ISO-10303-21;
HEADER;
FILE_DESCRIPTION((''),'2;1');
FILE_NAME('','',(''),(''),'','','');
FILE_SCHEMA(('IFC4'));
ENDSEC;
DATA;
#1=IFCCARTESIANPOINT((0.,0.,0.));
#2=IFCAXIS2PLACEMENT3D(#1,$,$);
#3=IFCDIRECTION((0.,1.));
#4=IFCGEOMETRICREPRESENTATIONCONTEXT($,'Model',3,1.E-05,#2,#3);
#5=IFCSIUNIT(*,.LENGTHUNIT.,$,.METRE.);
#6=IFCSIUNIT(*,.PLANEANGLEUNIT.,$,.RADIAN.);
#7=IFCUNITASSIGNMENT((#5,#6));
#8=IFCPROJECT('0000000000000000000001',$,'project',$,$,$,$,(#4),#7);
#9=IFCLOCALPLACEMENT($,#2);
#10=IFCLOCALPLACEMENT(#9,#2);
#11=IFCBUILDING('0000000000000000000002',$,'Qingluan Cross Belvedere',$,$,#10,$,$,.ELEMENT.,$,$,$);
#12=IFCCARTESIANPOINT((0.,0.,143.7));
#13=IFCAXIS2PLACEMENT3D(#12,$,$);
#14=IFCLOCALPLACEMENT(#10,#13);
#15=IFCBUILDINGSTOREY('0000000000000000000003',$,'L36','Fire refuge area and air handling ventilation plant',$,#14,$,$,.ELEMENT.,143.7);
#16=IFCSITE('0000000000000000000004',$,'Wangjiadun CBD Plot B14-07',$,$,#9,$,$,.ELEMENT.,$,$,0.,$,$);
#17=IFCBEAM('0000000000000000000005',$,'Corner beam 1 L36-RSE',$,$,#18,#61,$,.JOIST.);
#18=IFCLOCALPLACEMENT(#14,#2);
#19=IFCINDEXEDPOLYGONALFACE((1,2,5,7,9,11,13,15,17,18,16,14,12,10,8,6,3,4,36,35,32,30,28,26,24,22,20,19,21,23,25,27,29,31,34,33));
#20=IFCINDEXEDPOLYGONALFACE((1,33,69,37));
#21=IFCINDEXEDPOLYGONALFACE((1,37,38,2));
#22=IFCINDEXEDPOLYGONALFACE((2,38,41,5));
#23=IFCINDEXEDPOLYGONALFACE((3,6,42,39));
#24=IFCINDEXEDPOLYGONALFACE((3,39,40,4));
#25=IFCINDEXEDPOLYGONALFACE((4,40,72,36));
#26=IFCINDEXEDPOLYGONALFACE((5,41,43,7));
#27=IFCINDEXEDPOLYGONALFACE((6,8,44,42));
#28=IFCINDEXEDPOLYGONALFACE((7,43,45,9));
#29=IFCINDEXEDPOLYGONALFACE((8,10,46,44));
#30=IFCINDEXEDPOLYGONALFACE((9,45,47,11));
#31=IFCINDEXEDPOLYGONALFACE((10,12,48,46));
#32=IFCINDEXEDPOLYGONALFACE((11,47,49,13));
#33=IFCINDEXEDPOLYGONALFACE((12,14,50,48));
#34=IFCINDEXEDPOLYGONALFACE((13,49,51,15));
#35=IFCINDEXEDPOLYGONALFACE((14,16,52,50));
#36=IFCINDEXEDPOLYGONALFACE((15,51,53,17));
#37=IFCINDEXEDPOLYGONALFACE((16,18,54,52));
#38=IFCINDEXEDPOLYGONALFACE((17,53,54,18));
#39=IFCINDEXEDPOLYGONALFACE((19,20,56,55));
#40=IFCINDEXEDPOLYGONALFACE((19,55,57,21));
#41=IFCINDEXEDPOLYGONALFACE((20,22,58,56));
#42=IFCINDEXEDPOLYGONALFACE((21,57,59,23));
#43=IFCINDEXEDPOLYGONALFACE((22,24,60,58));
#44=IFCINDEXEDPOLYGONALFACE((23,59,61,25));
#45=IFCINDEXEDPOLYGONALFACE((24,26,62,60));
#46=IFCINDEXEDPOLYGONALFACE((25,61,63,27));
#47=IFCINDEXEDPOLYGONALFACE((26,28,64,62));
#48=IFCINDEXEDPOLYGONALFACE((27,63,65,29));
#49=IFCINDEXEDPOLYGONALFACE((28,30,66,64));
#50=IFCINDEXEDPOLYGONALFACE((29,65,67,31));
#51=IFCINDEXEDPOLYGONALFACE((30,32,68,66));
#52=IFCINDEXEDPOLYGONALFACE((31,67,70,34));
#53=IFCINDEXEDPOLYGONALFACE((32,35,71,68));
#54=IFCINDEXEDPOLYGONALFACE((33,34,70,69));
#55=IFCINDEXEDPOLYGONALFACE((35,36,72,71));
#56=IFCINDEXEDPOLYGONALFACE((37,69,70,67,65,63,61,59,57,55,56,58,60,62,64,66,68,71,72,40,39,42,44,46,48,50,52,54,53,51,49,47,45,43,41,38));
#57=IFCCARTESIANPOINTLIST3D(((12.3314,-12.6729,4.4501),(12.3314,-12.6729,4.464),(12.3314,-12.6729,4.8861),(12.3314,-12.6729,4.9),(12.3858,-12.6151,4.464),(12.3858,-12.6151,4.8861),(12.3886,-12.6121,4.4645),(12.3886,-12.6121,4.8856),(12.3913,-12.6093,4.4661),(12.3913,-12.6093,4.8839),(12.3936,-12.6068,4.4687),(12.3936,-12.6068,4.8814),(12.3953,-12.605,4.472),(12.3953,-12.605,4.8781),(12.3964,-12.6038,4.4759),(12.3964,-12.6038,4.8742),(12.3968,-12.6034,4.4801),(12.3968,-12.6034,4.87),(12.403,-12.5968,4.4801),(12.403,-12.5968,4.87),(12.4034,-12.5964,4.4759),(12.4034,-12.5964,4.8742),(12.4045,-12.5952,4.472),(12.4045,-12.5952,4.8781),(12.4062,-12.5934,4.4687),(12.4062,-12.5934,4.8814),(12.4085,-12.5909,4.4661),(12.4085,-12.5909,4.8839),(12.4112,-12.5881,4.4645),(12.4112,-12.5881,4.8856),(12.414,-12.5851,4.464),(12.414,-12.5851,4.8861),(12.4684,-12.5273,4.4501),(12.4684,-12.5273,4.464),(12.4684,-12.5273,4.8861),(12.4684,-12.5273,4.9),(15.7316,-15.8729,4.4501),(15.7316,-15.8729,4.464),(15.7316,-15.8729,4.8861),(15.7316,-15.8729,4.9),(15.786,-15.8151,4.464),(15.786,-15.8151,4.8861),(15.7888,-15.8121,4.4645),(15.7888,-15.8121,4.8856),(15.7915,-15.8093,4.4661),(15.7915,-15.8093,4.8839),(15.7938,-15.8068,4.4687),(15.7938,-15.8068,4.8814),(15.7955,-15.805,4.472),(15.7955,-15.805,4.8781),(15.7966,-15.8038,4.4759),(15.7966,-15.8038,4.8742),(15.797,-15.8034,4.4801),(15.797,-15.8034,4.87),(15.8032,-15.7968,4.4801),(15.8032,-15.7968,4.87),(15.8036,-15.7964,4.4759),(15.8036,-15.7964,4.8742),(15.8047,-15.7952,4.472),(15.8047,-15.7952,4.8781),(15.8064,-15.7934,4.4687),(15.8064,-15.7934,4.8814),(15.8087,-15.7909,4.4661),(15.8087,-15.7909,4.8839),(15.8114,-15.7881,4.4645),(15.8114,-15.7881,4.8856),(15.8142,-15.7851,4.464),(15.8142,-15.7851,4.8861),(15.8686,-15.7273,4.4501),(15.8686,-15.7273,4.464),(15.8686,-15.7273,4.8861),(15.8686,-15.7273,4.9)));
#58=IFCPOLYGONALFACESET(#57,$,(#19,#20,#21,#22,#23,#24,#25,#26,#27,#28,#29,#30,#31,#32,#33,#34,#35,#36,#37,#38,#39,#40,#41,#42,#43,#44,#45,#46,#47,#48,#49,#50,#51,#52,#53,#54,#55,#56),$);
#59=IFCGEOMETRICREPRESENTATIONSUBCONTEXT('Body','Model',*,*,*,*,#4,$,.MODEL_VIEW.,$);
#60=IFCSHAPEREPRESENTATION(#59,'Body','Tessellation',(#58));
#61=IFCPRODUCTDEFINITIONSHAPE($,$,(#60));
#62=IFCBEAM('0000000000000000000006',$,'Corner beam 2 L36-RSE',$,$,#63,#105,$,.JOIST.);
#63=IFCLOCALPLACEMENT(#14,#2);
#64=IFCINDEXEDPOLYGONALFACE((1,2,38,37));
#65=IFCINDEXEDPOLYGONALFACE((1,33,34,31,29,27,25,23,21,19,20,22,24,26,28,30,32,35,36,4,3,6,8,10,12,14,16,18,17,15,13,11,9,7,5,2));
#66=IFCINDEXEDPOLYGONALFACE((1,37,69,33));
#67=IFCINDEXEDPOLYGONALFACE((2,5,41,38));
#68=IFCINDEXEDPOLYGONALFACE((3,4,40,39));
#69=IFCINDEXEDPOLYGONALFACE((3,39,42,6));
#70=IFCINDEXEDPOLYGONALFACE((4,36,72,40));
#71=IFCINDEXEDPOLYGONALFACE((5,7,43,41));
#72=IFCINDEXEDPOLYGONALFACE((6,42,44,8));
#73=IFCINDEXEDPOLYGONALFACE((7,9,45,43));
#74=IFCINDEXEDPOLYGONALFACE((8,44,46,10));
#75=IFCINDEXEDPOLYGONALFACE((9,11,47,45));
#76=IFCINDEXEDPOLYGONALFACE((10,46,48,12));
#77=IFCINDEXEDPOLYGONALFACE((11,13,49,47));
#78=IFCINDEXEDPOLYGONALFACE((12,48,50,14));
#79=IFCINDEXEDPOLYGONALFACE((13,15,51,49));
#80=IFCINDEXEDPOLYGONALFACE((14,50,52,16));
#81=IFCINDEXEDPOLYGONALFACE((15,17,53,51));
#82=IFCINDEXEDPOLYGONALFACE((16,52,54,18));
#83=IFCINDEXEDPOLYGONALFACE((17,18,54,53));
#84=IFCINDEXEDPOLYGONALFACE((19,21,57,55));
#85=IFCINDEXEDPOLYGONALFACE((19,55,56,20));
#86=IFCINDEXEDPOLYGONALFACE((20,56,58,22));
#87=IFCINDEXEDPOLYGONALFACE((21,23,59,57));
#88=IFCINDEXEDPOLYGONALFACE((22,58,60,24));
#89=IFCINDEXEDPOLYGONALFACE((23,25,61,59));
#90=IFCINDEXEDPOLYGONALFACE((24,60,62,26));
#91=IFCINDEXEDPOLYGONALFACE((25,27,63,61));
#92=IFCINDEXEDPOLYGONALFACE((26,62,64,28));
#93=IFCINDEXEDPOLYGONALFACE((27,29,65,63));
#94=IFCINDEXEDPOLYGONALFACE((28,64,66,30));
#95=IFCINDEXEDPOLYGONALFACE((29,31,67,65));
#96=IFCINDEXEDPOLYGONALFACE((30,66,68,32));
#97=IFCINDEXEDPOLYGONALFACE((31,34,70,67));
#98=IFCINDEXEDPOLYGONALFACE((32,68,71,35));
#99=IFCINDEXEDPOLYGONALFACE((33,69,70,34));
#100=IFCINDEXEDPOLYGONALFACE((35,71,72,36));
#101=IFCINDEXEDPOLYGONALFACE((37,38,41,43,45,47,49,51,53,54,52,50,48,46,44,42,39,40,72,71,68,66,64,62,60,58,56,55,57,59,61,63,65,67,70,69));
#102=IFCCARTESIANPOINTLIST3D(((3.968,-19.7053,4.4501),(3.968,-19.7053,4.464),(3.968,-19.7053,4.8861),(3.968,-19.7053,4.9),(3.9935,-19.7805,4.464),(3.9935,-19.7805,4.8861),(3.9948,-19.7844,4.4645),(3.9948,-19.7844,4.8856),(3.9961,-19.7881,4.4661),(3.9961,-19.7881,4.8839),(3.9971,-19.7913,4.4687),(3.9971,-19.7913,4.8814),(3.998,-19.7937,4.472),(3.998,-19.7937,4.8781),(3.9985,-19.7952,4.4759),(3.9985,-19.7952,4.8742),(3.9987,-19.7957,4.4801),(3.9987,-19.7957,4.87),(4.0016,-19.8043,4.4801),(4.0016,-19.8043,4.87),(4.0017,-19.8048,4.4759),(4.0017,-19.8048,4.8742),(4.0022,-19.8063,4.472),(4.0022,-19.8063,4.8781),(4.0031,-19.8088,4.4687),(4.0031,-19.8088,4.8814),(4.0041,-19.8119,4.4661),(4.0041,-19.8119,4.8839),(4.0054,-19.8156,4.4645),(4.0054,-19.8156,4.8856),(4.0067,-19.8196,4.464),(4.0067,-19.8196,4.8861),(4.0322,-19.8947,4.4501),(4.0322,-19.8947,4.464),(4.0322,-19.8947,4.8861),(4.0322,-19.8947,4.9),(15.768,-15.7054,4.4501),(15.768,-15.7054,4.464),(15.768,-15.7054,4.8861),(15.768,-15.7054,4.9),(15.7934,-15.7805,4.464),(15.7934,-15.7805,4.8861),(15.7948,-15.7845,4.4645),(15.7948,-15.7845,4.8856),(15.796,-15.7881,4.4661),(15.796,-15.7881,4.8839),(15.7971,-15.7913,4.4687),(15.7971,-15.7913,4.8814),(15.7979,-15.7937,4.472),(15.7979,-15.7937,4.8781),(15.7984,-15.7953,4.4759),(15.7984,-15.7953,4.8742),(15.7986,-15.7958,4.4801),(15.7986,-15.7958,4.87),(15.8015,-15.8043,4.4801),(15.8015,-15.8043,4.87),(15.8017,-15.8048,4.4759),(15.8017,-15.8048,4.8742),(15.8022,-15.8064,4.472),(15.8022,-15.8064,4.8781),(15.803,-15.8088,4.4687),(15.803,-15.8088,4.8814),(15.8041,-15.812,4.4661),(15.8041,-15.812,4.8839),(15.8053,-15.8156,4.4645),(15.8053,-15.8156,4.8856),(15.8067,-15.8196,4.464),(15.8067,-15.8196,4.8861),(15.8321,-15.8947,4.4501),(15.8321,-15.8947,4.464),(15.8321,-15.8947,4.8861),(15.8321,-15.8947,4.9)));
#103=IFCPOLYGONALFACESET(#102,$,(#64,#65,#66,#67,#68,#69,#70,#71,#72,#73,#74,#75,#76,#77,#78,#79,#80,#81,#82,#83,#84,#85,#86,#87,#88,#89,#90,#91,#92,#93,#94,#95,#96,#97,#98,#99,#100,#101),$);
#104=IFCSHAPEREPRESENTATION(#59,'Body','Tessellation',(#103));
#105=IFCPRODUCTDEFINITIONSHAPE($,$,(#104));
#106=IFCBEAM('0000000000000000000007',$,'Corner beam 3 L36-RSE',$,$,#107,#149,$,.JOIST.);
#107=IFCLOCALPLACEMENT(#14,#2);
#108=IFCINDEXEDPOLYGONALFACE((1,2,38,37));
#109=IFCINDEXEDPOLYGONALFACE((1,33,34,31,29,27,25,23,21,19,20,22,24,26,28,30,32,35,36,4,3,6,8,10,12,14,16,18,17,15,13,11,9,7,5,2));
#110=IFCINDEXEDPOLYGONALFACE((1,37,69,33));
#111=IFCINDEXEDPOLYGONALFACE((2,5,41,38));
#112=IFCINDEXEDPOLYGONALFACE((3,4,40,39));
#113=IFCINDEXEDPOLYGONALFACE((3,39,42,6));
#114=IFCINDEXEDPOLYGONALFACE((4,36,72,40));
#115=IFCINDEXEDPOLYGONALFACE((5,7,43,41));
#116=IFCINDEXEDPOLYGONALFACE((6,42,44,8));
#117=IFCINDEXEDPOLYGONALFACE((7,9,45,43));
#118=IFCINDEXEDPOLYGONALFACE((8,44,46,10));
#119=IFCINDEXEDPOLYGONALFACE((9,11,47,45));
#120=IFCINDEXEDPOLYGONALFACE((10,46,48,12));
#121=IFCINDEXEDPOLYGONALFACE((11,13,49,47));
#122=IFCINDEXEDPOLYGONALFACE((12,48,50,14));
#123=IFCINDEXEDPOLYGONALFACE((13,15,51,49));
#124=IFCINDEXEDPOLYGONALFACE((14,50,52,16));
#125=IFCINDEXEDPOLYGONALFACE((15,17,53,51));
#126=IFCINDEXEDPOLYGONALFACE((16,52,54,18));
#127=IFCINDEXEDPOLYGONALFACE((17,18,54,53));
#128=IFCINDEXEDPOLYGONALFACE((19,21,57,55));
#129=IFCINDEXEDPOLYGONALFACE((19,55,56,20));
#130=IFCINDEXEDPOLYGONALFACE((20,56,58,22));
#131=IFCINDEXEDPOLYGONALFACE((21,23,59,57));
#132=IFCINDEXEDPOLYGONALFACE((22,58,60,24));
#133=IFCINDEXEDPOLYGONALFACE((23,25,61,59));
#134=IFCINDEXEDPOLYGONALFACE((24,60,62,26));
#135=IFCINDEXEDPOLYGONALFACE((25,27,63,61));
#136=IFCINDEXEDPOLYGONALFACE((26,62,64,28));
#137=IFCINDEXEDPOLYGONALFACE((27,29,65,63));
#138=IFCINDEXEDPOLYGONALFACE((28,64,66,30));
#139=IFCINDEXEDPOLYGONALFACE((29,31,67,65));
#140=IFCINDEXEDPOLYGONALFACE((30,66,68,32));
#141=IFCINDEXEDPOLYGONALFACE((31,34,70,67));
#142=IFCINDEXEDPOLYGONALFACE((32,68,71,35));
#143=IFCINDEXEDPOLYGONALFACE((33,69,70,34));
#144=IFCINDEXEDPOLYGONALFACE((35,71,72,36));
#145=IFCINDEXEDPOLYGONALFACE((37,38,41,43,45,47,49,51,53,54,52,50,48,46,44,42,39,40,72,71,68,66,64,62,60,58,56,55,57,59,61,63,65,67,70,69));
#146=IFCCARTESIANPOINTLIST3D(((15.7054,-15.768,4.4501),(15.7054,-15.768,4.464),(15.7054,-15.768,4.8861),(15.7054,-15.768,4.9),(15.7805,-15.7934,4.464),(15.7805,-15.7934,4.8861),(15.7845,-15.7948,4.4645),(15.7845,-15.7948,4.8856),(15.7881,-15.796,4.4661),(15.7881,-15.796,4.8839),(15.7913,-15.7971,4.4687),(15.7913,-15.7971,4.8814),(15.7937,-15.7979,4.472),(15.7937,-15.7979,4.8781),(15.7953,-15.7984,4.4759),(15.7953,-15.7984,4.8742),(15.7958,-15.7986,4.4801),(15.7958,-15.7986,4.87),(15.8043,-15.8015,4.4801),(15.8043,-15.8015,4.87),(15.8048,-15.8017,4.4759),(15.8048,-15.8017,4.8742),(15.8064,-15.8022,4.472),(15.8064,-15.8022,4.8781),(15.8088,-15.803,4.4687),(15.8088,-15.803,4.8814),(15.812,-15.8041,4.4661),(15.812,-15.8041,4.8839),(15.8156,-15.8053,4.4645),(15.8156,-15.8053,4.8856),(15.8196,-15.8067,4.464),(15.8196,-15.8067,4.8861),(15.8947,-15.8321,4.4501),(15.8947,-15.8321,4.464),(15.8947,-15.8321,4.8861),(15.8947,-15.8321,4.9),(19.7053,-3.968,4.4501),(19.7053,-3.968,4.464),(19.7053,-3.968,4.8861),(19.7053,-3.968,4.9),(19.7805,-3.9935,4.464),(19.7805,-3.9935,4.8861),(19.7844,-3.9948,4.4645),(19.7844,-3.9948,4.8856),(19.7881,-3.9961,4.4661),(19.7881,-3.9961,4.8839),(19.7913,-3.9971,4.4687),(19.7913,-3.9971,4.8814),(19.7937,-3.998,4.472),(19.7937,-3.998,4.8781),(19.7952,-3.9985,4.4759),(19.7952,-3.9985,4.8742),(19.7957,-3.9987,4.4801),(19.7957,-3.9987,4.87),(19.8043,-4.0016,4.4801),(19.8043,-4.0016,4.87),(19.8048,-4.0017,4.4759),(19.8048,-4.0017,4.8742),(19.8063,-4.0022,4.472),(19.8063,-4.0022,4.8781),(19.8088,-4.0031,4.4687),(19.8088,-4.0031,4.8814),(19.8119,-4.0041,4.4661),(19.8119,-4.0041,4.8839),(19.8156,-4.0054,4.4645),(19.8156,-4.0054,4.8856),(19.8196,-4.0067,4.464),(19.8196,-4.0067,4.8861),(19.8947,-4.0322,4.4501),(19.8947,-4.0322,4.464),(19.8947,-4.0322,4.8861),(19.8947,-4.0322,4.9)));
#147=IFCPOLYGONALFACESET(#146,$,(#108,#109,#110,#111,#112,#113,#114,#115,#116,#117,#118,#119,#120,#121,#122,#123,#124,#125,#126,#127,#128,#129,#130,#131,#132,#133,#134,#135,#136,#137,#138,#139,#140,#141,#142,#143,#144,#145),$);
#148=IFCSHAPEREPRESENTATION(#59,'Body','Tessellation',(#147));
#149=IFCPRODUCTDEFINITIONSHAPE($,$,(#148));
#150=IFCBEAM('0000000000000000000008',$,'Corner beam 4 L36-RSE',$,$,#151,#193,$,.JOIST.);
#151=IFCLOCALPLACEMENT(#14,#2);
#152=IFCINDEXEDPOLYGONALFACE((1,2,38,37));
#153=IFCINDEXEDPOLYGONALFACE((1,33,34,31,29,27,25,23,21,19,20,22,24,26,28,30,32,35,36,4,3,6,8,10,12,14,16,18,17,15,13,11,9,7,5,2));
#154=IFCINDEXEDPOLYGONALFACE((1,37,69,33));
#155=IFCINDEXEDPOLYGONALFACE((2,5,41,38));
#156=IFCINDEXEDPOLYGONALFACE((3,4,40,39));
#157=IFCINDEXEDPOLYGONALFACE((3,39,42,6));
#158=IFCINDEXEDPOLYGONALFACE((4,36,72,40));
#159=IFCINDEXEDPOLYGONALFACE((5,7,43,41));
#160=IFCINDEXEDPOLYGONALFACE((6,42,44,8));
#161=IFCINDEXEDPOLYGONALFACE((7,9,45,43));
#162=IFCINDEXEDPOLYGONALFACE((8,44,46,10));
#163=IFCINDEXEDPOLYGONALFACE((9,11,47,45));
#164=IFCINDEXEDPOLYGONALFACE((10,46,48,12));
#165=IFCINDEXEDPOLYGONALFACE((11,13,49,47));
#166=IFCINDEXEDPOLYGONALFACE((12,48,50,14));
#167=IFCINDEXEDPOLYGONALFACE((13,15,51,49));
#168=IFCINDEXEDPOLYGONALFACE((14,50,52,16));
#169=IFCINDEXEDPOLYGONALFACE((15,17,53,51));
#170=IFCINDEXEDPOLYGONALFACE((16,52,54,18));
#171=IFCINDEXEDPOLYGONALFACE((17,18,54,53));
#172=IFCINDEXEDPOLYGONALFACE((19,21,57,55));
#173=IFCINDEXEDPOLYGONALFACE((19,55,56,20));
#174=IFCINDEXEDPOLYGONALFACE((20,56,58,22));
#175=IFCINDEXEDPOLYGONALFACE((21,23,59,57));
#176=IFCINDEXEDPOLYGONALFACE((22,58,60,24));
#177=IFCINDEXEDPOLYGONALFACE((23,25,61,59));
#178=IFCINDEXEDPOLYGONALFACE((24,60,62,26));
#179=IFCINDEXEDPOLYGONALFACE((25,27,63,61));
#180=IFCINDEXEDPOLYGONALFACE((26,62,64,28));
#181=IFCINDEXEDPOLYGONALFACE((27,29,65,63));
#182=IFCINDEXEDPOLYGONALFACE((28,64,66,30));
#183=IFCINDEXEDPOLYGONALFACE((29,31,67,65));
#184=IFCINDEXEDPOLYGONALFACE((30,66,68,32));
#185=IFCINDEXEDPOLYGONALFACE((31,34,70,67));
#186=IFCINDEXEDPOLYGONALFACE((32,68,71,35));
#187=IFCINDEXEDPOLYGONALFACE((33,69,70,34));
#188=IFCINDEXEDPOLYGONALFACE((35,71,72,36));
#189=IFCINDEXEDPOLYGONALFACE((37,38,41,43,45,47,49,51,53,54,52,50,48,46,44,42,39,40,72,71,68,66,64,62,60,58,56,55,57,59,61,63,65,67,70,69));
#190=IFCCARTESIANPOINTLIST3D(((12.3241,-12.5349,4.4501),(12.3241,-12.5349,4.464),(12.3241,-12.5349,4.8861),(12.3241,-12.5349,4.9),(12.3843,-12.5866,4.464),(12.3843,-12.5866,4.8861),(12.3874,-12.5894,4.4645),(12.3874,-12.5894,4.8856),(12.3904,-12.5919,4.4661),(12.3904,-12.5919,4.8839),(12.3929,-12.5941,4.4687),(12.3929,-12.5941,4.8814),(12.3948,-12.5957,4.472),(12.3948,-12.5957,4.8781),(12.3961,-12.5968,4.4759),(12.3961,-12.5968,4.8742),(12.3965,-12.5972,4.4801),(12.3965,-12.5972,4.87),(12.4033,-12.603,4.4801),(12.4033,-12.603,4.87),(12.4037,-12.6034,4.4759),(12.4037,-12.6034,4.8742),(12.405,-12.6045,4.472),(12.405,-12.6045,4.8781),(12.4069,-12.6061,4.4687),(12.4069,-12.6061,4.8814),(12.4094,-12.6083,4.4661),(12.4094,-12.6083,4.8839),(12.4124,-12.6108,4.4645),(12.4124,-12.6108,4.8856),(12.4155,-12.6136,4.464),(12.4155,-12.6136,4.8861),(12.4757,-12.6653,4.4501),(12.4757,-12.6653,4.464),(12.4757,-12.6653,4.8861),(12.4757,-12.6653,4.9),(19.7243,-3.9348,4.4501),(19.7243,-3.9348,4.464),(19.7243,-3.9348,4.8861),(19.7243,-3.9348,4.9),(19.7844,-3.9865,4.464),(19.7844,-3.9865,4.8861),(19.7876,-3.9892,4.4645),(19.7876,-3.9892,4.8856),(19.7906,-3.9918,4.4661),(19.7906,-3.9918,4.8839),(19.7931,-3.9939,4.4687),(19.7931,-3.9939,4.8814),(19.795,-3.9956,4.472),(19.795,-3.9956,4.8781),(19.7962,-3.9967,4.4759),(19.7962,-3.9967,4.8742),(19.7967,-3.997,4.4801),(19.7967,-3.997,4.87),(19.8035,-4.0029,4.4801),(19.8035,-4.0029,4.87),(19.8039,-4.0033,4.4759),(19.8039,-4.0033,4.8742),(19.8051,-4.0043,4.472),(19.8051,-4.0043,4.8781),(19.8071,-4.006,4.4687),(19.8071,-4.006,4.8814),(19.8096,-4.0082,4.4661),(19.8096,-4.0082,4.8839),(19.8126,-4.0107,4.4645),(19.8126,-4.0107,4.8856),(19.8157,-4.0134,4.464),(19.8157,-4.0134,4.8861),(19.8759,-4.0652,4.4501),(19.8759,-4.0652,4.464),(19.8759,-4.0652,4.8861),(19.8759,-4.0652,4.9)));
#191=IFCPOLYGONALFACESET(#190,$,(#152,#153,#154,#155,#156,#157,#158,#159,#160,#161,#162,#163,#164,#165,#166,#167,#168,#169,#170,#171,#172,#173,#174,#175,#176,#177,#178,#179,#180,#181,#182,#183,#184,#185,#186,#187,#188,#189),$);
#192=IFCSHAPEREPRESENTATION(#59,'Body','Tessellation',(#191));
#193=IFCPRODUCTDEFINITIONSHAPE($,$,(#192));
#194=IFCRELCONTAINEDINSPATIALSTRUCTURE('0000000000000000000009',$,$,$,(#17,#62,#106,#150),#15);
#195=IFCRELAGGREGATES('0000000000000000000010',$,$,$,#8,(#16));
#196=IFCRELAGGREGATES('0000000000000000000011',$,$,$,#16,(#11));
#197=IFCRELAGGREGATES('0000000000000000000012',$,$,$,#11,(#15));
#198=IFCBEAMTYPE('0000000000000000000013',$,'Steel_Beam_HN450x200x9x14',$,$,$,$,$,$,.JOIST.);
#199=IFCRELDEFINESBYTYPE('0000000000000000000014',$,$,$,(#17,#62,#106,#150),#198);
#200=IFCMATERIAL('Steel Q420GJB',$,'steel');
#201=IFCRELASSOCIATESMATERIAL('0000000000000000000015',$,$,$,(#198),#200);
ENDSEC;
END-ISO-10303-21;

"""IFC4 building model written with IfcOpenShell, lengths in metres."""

from ifc_helpers import new_model, si_unit, direction, frame, origin, origin_2d, place, context, subcontext, project, spatial, i_section, extrude, material, material_profile, profile_set, type_object, element, save


model = new_model("IFC4")

# Units and contexts
model_context = context("Model", 3, precision=1e-05, world=origin(), true_north=direction((0.0, 1.0)))
body_context = subcontext(model_context, "Body", "Model", "MODEL_VIEW")
ifc_project = project(units=[si_unit("LENGTHUNIT", "METRE"), si_unit("PLANEANGLEUNIT", "RADIAN")], contexts=[model_context])

# Site, building, storey
site_placement = place(None, origin())
site = spatial("IfcSite", under=ifc_project, at=site_placement, Name="Wangjiadun CBD Plot B14-07", CompositionType="ELEMENT", RefElevation=0.0)
building_placement = place(site_placement, origin())
building = spatial("IfcBuilding", under=site, at=building_placement, Name="Qingluan Cross Belvedere", CompositionType="ELEMENT")
storey_placement = place(building_placement, frame((0.0, 0.0, 143.7)))
storey = spatial("IfcBuildingStorey", under=building, at=storey_placement, Name="L36", Description="Fire refuge area and air handling ventilation plant", CompositionType="ELEMENT", Elevation=143.7)

# Beams
ifc_material_1 = material(Name="Steel Q420GJB", Category="steel")
ifc_material_profile_1 = material_profile(ifc_material_1, i_section(OverallWidth=0.2, OverallDepth=0.45, WebThickness=0.009, FlangeThickness=0.0139, FilletRadius=0.0161, at=origin_2d()), Name="HN450x200x9x14")
ifc_profile_set_1 = profile_set([ifc_material_profile_1], Name="Steel Q420GJB")
beam_type_1 = type_object("IfcBeamType", Name="Steel_Beam_HN450x200x9x14", PredefinedType="JOIST", material=ifc_profile_set_1)
beam_1_placement = place(storey_placement, frame((12.3999, -12.6001, 4.675), z_axis=(0.72822, -0.685343, 0.0), x_axis=(0.685343, 0.72822, 0.0)))
element("IfcBeam", 1, at=beam_1_placement, inside=storey, type_object=beam_type_1, Name="Corner beam 1 L36-RSE", PredefinedType="JOIST", context=body_context, shape_type="SweptSolid", body=[
    extrude(i_section(OverallWidth=0.2, OverallDepth=0.45, WebThickness=0.009, FlangeThickness=0.0139, FilletRadius=0.0161, at=origin_2d()), origin(), (0.0, 0.0, 1.0), 4.6692),
])
for number, where, z_axis, x_axis, name in (
    (2, (15.8, -15.8, 4.675), (-0.947066, -0.321038, 0.0), (0.321038, -0.947066, 0.0), "Corner beam 2 L36-RSE"),
    (3, (15.8, -15.8, 4.675), (0.321038, 0.947066, 0.0), (-0.947066, 0.321038, 0.0), "Corner beam 3 L36-RSE"),
):
    element("IfcBeam", number, at=place(storey_placement, frame(where, z_axis=z_axis, x_axis=x_axis)), inside=storey, type_object=beam_type_1, Name=name, PredefinedType="JOIST", context=body_context, shape_type="SweptSolid", body=[
        extrude(i_section(OverallWidth=0.2, OverallDepth=0.45, WebThickness=0.009, FlangeThickness=0.0139, FilletRadius=0.0161, at=origin_2d()), origin(), (0.0, 0.0, 1.0), 12.4595),
    ])
beam_2_placement = place(storey_placement, frame((12.3999, -12.6001, 4.675), z_axis=(0.652245, 0.758008, 0.0), x_axis=(-0.758008, 0.652245, 0.0)))
element("IfcBeam", 4, at=beam_2_placement, inside=storey, type_object=beam_type_1, Name="Corner beam 4 L36-RSE", PredefinedType="JOIST", context=body_context, shape_type="SweptSolid", body=[
    extrude(i_section(OverallWidth=0.2, OverallDepth=0.45, WebThickness=0.009, FlangeThickness=0.0139, FilletRadius=0.0161, at=origin_2d()), origin(), (0.0, 0.0, 1.0), 11.3457),
])

save(model, "model.ifc")
